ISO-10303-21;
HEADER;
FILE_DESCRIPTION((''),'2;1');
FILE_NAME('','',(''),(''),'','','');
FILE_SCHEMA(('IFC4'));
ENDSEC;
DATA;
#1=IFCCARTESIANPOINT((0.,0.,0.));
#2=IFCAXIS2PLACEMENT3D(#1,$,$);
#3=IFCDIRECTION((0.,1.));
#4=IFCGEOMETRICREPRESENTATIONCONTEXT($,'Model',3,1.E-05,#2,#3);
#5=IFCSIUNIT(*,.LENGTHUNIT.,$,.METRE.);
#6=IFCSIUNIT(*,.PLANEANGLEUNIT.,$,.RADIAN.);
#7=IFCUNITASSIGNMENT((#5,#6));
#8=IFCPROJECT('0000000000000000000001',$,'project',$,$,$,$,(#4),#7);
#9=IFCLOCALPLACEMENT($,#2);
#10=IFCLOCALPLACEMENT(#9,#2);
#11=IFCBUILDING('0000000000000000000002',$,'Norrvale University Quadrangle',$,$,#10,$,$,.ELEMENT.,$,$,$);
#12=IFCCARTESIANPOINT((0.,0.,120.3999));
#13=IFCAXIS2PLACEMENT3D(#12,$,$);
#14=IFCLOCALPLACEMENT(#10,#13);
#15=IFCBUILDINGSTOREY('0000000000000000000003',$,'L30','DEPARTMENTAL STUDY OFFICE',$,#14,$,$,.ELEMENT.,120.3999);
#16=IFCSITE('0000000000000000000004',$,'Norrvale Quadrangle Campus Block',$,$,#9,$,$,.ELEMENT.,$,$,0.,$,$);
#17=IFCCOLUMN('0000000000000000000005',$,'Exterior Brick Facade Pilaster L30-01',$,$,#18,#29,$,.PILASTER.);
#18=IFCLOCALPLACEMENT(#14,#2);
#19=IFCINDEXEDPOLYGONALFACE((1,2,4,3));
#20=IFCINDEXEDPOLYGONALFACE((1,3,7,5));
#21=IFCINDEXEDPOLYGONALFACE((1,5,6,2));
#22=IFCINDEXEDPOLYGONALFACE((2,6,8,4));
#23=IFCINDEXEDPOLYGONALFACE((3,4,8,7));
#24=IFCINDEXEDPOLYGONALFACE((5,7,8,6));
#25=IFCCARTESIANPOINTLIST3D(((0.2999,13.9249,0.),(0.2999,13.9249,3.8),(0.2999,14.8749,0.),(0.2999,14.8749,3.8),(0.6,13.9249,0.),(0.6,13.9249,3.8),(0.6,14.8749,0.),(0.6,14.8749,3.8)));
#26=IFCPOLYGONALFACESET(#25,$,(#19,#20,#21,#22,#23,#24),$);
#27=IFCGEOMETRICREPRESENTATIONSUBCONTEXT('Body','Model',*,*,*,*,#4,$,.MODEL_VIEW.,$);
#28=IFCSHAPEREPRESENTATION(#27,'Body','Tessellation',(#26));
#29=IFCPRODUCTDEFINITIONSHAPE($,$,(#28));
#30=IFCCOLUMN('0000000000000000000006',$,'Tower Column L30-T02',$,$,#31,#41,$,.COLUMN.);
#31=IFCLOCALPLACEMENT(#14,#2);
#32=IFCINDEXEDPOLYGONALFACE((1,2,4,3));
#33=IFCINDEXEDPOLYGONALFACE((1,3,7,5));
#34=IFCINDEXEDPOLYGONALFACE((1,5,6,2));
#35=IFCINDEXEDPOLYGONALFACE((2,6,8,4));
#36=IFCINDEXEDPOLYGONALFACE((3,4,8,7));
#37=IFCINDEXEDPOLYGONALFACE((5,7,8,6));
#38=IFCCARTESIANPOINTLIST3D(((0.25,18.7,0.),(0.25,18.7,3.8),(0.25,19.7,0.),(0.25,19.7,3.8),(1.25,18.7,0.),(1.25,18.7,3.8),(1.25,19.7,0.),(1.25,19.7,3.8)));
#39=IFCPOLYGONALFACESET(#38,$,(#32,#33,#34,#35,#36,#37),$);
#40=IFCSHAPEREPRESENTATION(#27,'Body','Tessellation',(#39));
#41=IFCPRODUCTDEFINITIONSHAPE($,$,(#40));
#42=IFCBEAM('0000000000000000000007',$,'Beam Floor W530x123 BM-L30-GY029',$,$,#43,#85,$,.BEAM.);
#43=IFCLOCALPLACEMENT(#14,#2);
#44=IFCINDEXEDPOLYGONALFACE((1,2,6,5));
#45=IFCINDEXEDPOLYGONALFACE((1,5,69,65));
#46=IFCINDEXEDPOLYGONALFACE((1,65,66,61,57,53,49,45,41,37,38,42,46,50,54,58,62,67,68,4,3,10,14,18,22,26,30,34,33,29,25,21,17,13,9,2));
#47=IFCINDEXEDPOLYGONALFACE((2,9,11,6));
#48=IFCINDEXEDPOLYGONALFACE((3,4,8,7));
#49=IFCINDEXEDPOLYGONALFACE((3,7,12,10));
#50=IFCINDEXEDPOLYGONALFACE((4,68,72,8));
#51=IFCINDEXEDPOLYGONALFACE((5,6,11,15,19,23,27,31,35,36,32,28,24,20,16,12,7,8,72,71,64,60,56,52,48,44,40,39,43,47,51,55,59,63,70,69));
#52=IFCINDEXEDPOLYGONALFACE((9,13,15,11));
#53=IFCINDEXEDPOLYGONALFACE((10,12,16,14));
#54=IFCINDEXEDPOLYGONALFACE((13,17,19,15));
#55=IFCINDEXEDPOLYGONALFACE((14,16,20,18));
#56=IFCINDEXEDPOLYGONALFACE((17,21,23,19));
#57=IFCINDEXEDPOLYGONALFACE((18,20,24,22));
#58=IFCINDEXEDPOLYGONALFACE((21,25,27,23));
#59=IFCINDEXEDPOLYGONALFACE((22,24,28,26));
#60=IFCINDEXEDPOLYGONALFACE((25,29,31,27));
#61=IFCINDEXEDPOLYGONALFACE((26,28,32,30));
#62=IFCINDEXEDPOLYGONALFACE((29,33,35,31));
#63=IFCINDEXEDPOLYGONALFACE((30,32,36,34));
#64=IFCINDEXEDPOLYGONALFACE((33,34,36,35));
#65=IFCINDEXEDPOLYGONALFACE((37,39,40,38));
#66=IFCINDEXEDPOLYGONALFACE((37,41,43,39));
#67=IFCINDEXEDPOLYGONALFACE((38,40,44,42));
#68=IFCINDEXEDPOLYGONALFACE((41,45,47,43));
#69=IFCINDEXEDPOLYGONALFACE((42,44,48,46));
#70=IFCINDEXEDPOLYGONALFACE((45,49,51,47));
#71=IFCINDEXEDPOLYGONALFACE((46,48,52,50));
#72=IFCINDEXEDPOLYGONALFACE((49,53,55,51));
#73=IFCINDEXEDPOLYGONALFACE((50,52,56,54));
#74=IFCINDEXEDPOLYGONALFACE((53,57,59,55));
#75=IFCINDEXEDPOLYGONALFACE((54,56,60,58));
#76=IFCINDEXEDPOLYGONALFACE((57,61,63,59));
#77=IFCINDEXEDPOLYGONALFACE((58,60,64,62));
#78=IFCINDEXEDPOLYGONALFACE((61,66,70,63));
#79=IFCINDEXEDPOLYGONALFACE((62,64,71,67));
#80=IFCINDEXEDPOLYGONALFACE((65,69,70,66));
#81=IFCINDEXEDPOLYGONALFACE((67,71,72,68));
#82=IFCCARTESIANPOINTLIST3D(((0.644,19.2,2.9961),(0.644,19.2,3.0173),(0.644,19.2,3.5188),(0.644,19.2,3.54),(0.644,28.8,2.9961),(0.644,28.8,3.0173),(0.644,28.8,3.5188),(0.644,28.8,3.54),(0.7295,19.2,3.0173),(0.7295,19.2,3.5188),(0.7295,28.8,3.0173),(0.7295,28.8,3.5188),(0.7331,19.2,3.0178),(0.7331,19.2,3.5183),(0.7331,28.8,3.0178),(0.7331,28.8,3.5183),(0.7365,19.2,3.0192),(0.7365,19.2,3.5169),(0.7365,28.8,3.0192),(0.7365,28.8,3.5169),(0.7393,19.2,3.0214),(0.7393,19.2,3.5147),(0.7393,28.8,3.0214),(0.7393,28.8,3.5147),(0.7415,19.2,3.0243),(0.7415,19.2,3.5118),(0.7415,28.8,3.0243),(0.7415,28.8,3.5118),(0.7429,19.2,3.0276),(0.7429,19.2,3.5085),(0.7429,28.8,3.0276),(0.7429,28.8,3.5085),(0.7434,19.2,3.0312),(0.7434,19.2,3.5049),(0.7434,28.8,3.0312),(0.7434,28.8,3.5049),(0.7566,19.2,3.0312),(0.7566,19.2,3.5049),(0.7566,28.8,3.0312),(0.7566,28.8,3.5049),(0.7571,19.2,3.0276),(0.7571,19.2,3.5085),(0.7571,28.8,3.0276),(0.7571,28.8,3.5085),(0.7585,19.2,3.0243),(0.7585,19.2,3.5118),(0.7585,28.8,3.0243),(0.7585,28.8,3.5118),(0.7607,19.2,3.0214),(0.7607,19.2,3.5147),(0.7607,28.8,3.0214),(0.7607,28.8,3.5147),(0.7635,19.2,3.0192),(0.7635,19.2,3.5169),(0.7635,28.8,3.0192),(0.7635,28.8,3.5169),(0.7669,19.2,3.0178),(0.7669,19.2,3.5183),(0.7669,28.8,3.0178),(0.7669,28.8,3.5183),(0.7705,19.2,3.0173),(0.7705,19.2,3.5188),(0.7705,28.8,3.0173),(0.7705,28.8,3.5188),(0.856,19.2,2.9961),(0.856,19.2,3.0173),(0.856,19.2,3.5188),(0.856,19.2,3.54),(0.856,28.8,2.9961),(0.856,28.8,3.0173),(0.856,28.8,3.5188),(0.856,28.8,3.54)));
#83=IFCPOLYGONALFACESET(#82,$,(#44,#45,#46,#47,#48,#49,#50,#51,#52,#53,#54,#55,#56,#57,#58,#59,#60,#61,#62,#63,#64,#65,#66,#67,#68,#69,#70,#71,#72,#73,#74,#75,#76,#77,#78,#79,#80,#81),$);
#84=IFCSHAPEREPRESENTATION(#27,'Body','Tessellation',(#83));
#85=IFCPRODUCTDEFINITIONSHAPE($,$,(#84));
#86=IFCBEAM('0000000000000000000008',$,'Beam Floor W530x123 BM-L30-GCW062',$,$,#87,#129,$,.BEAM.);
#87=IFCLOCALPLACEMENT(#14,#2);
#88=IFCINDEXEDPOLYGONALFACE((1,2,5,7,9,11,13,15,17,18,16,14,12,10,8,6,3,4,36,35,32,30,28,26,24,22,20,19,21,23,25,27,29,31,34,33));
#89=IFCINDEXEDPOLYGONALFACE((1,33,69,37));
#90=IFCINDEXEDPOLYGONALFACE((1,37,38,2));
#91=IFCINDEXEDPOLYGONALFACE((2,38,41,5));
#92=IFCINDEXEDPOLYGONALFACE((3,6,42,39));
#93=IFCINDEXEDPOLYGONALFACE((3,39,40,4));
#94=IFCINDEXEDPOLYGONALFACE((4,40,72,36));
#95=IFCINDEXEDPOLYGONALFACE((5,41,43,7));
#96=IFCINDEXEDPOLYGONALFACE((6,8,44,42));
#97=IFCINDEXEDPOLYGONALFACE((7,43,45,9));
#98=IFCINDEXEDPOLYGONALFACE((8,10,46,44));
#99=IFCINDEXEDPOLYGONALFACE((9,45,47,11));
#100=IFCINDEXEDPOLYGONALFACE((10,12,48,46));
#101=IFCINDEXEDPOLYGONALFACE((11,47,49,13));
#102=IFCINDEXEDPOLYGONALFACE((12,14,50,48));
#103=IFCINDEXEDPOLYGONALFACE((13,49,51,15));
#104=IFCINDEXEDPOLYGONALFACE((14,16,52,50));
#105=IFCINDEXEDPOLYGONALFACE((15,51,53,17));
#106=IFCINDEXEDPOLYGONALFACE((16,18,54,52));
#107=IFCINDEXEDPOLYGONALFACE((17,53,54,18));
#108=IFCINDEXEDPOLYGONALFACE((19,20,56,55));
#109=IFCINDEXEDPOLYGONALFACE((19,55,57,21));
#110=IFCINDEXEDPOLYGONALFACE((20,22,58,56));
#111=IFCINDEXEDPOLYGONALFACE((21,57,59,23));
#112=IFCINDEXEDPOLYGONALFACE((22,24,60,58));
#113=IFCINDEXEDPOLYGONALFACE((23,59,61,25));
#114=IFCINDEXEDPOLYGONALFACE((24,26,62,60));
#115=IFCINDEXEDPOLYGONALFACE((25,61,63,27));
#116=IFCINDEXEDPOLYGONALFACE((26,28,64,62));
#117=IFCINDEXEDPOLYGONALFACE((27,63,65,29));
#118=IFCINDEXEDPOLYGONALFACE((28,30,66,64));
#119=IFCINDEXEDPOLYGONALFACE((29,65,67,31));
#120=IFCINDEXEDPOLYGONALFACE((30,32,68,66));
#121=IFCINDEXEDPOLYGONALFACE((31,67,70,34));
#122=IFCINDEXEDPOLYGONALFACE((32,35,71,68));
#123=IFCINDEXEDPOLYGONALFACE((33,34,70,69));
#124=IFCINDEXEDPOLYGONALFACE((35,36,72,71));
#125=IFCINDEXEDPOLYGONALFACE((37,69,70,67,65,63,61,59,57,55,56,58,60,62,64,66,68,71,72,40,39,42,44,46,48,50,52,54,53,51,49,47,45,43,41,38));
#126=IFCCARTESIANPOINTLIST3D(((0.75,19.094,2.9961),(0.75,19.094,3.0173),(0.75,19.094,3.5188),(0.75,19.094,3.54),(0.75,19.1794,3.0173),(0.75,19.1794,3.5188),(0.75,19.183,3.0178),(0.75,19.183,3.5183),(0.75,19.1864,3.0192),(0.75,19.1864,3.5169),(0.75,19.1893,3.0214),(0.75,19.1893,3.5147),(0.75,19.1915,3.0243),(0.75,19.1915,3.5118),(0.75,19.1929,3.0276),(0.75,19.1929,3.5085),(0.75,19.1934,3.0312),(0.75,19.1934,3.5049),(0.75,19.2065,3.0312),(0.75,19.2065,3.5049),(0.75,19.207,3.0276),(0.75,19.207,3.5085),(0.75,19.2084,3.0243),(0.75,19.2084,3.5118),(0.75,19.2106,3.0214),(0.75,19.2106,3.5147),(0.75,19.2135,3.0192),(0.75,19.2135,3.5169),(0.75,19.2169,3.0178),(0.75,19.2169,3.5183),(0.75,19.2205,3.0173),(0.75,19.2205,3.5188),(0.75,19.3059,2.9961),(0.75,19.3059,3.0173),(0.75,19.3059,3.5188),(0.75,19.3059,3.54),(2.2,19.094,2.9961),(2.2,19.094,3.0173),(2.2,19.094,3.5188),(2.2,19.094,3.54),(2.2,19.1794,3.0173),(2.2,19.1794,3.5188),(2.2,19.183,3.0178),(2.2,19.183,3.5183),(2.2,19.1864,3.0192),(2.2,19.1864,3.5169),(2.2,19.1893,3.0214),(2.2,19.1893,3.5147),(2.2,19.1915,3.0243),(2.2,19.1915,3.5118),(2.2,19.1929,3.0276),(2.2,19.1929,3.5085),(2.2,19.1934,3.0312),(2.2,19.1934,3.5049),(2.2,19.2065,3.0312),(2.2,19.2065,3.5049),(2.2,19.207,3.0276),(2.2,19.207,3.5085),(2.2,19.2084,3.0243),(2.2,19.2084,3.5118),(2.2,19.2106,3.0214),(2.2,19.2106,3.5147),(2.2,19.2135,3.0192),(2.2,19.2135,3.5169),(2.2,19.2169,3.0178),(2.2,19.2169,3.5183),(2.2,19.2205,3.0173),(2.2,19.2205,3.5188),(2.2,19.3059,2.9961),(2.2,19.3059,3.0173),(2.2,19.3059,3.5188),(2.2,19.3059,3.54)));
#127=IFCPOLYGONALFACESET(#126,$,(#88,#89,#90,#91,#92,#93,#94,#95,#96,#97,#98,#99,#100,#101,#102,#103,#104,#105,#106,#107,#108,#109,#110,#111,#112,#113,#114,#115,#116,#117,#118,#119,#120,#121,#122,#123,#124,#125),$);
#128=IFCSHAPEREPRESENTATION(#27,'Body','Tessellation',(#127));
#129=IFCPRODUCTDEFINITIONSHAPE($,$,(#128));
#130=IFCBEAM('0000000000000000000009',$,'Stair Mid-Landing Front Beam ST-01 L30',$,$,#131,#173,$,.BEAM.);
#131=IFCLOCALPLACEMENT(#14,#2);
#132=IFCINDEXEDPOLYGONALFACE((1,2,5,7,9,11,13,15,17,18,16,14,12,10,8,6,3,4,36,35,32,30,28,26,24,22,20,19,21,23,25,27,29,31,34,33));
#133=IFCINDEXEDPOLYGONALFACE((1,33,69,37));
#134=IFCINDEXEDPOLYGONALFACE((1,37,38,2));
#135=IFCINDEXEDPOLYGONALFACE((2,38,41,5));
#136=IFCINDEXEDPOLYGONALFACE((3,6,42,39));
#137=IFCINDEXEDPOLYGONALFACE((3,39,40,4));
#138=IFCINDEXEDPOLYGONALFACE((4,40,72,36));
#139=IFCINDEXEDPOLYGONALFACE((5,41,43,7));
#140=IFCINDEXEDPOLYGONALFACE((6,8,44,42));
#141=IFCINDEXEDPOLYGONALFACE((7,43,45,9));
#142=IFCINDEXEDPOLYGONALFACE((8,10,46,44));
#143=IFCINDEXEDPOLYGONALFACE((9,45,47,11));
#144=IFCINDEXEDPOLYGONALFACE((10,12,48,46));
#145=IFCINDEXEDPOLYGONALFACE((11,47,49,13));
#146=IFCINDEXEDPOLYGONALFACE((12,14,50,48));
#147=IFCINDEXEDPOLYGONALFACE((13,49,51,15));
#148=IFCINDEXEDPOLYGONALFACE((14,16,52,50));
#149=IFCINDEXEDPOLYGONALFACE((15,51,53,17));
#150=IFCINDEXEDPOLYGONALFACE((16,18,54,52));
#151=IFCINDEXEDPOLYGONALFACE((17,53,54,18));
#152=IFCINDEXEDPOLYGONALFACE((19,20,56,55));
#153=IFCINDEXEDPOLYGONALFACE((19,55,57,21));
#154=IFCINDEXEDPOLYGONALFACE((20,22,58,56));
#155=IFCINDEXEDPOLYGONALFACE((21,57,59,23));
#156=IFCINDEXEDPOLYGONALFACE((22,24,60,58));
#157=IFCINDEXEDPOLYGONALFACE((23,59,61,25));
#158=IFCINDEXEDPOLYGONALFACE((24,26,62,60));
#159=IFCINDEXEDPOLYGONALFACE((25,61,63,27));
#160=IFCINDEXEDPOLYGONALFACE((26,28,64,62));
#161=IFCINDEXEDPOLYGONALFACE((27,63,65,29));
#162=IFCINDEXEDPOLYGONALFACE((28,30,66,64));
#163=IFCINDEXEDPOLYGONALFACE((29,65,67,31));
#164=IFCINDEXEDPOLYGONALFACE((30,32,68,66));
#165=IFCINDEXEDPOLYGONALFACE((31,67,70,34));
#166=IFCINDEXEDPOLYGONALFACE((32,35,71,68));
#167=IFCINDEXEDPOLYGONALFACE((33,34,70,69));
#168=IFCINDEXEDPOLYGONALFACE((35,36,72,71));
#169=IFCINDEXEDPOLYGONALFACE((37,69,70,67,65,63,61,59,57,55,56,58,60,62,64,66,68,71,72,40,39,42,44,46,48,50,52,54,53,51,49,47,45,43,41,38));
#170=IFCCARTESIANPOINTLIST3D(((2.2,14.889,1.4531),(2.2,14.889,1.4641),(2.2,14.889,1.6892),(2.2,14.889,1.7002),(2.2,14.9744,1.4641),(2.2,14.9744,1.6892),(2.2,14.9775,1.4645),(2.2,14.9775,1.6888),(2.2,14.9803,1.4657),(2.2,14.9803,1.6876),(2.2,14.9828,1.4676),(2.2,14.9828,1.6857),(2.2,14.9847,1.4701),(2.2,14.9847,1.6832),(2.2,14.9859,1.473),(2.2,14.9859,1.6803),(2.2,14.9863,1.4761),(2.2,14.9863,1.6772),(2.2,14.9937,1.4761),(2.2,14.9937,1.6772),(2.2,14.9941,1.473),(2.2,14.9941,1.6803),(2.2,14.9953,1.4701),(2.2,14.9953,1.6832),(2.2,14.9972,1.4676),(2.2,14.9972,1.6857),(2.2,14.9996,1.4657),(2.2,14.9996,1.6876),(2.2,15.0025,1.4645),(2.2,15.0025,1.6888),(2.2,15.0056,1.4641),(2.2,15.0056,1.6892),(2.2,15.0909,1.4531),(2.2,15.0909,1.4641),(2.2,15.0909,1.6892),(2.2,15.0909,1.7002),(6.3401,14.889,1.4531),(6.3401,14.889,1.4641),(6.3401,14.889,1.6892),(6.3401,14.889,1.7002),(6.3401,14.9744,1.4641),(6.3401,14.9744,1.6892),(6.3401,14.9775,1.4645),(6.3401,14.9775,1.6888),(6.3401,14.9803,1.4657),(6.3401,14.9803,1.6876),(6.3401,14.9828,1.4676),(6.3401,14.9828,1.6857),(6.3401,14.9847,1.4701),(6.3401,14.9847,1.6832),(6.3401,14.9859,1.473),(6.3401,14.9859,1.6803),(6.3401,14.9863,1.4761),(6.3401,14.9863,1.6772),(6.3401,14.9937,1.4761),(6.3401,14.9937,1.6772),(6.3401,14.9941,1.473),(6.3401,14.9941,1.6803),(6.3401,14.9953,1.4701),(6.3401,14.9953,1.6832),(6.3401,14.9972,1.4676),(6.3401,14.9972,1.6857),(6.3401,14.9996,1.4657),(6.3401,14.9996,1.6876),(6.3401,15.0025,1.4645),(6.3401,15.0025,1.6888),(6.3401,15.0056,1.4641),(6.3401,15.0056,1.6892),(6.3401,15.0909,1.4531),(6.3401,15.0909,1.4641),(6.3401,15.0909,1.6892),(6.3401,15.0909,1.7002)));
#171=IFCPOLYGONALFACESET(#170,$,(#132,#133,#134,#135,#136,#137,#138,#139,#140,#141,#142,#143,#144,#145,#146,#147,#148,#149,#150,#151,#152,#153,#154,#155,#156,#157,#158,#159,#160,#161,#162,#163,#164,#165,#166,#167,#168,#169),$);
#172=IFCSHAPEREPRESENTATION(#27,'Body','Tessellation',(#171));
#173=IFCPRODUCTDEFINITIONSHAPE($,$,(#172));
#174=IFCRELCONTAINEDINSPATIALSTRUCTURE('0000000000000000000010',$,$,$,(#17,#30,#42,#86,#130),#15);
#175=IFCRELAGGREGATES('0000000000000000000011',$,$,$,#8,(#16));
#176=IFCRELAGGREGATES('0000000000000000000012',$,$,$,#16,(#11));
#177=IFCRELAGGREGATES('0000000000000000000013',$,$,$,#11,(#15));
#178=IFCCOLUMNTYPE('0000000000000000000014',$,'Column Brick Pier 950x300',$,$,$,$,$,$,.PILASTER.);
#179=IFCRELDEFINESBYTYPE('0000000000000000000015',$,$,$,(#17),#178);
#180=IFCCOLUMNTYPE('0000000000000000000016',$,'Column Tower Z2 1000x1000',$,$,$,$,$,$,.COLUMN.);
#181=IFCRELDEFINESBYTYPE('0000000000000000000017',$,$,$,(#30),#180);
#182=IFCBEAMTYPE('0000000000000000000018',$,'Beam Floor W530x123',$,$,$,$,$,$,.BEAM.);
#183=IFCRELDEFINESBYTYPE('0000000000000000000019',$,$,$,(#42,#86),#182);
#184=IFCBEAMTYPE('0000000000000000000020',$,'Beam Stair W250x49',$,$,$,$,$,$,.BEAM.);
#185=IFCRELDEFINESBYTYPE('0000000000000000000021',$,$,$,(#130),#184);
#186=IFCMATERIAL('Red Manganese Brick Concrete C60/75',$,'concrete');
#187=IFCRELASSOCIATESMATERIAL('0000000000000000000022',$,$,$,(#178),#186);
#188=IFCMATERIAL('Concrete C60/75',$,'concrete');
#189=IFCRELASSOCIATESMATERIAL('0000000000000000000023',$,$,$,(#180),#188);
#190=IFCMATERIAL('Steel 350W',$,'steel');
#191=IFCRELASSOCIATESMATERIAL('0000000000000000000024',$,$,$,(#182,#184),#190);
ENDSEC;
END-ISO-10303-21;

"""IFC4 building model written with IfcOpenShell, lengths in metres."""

from ifc_helpers import new_model, si_unit, direction, frame, origin, origin_2d, place, context, subcontext, project, spatial, rectangle, i_section, extrude, material, material_profile, profile_set, type_object, element, save


model = new_model("IFC4")

# Units and contexts
model_context = context("Model", 3, precision=1e-05, world=origin(), true_north=direction((0.0, 1.0)))
body_context = subcontext(model_context, "Body", "Model", "MODEL_VIEW")
ifc_project = project(units=[si_unit("LENGTHUNIT", "METRE"), si_unit("PLANEANGLEUNIT", "RADIAN")], contexts=[model_context])

# Site, building, storey
site_placement = place(None, origin())
site = spatial("IfcSite", under=ifc_project, at=site_placement, Name="Norrvale Quadrangle Campus Block", CompositionType="ELEMENT", RefElevation=0.0)
building_placement = place(site_placement, origin())
building = spatial("IfcBuilding", under=site, at=building_placement, Name="Norrvale University Quadrangle", CompositionType="ELEMENT")
storey_placement = place(building_placement, frame((0.0, 0.0, 120.3999)))
storey = spatial("IfcBuildingStorey", under=building, at=storey_placement, Name="L30", Description="DEPARTMENTAL STUDY OFFICE", CompositionType="ELEMENT", Elevation=120.3999)

# Columns
ifc_material_1 = material(Name="Red Manganese Brick Concrete C60/75", Category="concrete")
ifc_material_profile_1 = material_profile(ifc_material_1, rectangle(XDim=0.95, YDim=0.3, at=origin_2d()), Name="Red Manganese Brick Concrete C60/75")
ifc_profile_set_1 = profile_set([ifc_material_profile_1], Name="Red Manganese Brick Concrete C60/75")
column_type_1 = type_object("IfcColumnType", Name="Column Brick Pier 950x300", PredefinedType="PILASTER", material=ifc_profile_set_1)
column_1_placement = place(storey_placement, frame((0.45, 14.3999, 0.0), z_axis=(0.0, 0.0, 1.0), x_axis=(0.0, 1.0, 0.0)))
element("IfcColumn", 1, at=column_1_placement, inside=storey, type_object=column_type_1, Name="Exterior Brick Facade Pilaster L30-01", PredefinedType="PILASTER", context=body_context, shape_type="SweptSolid", body=[
    extrude(rectangle(XDim=0.95, YDim=0.3, at=origin_2d()), origin(), (0.0, 0.0, 1.0), 3.8),
])
ifc_material_2 = material(Name="Concrete C60/75", Category="concrete")
ifc_material_profile_2 = material_profile(ifc_material_2, rectangle(XDim=1.0, YDim=1.0, at=origin_2d()), Name="Concrete C60/75")
ifc_profile_set_2 = profile_set([ifc_material_profile_2], Name="Concrete C60/75")
column_type_2 = type_object("IfcColumnType", Name="Column Tower Z2 1000x1000", PredefinedType="COLUMN", material=ifc_profile_set_2)
column_2_placement = place(storey_placement, frame((0.75, 19.2, 0.0), z_axis=(0.0, 0.0, 1.0), x_axis=(1.0, 0.0, 0.0)))
element("IfcColumn", 2, at=column_2_placement, inside=storey, type_object=column_type_2, Name="Tower Column L30-T02", PredefinedType="COLUMN", context=body_context, shape_type="SweptSolid", body=[
    extrude(rectangle(XDim=1.0, YDim=1.0, at=origin_2d()), origin(), (0.0, 0.0, 1.0), 3.8),
])

# Beams
ifc_material_3 = material(Name="Steel 350W", Category="steel")
ifc_material_profile_3 = material_profile(ifc_material_3, i_section(OverallWidth=0.2119, OverallDepth=0.5439, WebThickness=0.0132, FlangeThickness=0.0212, FilletRadius=0.0139, at=origin_2d()), Name="Steel 350W")
ifc_profile_set_3 = profile_set([ifc_material_profile_3], Name="Steel 350W")
beam_type_1 = type_object("IfcBeamType", Name="Beam Floor W530x123", PredefinedType="BEAM", material=ifc_profile_set_3)
beam_1_placement = place(storey_placement, frame((0.75, 19.2, 3.2681), z_axis=(0.0, 1.0, 0.0), x_axis=(-1.0, 0.0, 0.0)))
element("IfcBeam", 3, at=beam_1_placement, inside=storey, type_object=beam_type_1, Name="Beam Floor W530x123 BM-L30-GY029", PredefinedType="BEAM", context=body_context, shape_type="SweptSolid", body=[
    extrude(i_section(OverallWidth=0.2119, OverallDepth=0.5439, WebThickness=0.0132, FlangeThickness=0.0212, FilletRadius=0.0139, at=origin_2d()), origin(), (0.0, 0.0, 1.0), 9.6001),
])
beam_2_placement = place(storey_placement, frame((0.75, 19.2, 3.2681), z_axis=(1.0, 0.0, 0.0), x_axis=(0.0, 1.0, 0.0)))
element("IfcBeam", 4, at=beam_2_placement, inside=storey, type_object=beam_type_1, Name="Beam Floor W530x123 BM-L30-GCW062", PredefinedType="BEAM", context=body_context, shape_type="SweptSolid", body=[
    extrude(i_section(OverallWidth=0.2119, OverallDepth=0.5439, WebThickness=0.0132, FlangeThickness=0.0212, FilletRadius=0.0139, at=origin_2d()), origin(), (0.0, 0.0, 1.0), 1.45),
])
ifc_material_profile_4 = material_profile(ifc_material_3, i_section(OverallWidth=0.2019, OverallDepth=0.2471, WebThickness=0.0073, FlangeThickness=0.011, FilletRadius=0.012, at=origin_2d()), Name="Steel 350W")
ifc_profile_set_4 = profile_set([ifc_material_profile_4], Name="Steel 350W")
beam_type_2 = type_object("IfcBeamType", Name="Beam Stair W250x49", PredefinedType="BEAM", material=ifc_profile_set_4)
for number, where, z_axis, x_axis, name in (
    (5, (2.2, 14.99, 1.5767), (1.0, 0.0, 0.0), (0.0, 1.0, 0.0), "Stair Mid-Landing Front Beam ST-01 L30"),
):
    element("IfcBeam", number, at=place(storey_placement, frame(where, z_axis=z_axis, x_axis=x_axis)), inside=storey, type_object=beam_type_2, Name=name, PredefinedType="BEAM", context=body_context, shape_type="SweptSolid", body=[
        extrude(i_section(OverallWidth=0.2019, OverallDepth=0.2471, WebThickness=0.0073, FlangeThickness=0.011, FilletRadius=0.012, at=origin_2d()), origin(), (0.0, 0.0, 1.0), 4.1401),
    ])

save(model, "model.ifc")
